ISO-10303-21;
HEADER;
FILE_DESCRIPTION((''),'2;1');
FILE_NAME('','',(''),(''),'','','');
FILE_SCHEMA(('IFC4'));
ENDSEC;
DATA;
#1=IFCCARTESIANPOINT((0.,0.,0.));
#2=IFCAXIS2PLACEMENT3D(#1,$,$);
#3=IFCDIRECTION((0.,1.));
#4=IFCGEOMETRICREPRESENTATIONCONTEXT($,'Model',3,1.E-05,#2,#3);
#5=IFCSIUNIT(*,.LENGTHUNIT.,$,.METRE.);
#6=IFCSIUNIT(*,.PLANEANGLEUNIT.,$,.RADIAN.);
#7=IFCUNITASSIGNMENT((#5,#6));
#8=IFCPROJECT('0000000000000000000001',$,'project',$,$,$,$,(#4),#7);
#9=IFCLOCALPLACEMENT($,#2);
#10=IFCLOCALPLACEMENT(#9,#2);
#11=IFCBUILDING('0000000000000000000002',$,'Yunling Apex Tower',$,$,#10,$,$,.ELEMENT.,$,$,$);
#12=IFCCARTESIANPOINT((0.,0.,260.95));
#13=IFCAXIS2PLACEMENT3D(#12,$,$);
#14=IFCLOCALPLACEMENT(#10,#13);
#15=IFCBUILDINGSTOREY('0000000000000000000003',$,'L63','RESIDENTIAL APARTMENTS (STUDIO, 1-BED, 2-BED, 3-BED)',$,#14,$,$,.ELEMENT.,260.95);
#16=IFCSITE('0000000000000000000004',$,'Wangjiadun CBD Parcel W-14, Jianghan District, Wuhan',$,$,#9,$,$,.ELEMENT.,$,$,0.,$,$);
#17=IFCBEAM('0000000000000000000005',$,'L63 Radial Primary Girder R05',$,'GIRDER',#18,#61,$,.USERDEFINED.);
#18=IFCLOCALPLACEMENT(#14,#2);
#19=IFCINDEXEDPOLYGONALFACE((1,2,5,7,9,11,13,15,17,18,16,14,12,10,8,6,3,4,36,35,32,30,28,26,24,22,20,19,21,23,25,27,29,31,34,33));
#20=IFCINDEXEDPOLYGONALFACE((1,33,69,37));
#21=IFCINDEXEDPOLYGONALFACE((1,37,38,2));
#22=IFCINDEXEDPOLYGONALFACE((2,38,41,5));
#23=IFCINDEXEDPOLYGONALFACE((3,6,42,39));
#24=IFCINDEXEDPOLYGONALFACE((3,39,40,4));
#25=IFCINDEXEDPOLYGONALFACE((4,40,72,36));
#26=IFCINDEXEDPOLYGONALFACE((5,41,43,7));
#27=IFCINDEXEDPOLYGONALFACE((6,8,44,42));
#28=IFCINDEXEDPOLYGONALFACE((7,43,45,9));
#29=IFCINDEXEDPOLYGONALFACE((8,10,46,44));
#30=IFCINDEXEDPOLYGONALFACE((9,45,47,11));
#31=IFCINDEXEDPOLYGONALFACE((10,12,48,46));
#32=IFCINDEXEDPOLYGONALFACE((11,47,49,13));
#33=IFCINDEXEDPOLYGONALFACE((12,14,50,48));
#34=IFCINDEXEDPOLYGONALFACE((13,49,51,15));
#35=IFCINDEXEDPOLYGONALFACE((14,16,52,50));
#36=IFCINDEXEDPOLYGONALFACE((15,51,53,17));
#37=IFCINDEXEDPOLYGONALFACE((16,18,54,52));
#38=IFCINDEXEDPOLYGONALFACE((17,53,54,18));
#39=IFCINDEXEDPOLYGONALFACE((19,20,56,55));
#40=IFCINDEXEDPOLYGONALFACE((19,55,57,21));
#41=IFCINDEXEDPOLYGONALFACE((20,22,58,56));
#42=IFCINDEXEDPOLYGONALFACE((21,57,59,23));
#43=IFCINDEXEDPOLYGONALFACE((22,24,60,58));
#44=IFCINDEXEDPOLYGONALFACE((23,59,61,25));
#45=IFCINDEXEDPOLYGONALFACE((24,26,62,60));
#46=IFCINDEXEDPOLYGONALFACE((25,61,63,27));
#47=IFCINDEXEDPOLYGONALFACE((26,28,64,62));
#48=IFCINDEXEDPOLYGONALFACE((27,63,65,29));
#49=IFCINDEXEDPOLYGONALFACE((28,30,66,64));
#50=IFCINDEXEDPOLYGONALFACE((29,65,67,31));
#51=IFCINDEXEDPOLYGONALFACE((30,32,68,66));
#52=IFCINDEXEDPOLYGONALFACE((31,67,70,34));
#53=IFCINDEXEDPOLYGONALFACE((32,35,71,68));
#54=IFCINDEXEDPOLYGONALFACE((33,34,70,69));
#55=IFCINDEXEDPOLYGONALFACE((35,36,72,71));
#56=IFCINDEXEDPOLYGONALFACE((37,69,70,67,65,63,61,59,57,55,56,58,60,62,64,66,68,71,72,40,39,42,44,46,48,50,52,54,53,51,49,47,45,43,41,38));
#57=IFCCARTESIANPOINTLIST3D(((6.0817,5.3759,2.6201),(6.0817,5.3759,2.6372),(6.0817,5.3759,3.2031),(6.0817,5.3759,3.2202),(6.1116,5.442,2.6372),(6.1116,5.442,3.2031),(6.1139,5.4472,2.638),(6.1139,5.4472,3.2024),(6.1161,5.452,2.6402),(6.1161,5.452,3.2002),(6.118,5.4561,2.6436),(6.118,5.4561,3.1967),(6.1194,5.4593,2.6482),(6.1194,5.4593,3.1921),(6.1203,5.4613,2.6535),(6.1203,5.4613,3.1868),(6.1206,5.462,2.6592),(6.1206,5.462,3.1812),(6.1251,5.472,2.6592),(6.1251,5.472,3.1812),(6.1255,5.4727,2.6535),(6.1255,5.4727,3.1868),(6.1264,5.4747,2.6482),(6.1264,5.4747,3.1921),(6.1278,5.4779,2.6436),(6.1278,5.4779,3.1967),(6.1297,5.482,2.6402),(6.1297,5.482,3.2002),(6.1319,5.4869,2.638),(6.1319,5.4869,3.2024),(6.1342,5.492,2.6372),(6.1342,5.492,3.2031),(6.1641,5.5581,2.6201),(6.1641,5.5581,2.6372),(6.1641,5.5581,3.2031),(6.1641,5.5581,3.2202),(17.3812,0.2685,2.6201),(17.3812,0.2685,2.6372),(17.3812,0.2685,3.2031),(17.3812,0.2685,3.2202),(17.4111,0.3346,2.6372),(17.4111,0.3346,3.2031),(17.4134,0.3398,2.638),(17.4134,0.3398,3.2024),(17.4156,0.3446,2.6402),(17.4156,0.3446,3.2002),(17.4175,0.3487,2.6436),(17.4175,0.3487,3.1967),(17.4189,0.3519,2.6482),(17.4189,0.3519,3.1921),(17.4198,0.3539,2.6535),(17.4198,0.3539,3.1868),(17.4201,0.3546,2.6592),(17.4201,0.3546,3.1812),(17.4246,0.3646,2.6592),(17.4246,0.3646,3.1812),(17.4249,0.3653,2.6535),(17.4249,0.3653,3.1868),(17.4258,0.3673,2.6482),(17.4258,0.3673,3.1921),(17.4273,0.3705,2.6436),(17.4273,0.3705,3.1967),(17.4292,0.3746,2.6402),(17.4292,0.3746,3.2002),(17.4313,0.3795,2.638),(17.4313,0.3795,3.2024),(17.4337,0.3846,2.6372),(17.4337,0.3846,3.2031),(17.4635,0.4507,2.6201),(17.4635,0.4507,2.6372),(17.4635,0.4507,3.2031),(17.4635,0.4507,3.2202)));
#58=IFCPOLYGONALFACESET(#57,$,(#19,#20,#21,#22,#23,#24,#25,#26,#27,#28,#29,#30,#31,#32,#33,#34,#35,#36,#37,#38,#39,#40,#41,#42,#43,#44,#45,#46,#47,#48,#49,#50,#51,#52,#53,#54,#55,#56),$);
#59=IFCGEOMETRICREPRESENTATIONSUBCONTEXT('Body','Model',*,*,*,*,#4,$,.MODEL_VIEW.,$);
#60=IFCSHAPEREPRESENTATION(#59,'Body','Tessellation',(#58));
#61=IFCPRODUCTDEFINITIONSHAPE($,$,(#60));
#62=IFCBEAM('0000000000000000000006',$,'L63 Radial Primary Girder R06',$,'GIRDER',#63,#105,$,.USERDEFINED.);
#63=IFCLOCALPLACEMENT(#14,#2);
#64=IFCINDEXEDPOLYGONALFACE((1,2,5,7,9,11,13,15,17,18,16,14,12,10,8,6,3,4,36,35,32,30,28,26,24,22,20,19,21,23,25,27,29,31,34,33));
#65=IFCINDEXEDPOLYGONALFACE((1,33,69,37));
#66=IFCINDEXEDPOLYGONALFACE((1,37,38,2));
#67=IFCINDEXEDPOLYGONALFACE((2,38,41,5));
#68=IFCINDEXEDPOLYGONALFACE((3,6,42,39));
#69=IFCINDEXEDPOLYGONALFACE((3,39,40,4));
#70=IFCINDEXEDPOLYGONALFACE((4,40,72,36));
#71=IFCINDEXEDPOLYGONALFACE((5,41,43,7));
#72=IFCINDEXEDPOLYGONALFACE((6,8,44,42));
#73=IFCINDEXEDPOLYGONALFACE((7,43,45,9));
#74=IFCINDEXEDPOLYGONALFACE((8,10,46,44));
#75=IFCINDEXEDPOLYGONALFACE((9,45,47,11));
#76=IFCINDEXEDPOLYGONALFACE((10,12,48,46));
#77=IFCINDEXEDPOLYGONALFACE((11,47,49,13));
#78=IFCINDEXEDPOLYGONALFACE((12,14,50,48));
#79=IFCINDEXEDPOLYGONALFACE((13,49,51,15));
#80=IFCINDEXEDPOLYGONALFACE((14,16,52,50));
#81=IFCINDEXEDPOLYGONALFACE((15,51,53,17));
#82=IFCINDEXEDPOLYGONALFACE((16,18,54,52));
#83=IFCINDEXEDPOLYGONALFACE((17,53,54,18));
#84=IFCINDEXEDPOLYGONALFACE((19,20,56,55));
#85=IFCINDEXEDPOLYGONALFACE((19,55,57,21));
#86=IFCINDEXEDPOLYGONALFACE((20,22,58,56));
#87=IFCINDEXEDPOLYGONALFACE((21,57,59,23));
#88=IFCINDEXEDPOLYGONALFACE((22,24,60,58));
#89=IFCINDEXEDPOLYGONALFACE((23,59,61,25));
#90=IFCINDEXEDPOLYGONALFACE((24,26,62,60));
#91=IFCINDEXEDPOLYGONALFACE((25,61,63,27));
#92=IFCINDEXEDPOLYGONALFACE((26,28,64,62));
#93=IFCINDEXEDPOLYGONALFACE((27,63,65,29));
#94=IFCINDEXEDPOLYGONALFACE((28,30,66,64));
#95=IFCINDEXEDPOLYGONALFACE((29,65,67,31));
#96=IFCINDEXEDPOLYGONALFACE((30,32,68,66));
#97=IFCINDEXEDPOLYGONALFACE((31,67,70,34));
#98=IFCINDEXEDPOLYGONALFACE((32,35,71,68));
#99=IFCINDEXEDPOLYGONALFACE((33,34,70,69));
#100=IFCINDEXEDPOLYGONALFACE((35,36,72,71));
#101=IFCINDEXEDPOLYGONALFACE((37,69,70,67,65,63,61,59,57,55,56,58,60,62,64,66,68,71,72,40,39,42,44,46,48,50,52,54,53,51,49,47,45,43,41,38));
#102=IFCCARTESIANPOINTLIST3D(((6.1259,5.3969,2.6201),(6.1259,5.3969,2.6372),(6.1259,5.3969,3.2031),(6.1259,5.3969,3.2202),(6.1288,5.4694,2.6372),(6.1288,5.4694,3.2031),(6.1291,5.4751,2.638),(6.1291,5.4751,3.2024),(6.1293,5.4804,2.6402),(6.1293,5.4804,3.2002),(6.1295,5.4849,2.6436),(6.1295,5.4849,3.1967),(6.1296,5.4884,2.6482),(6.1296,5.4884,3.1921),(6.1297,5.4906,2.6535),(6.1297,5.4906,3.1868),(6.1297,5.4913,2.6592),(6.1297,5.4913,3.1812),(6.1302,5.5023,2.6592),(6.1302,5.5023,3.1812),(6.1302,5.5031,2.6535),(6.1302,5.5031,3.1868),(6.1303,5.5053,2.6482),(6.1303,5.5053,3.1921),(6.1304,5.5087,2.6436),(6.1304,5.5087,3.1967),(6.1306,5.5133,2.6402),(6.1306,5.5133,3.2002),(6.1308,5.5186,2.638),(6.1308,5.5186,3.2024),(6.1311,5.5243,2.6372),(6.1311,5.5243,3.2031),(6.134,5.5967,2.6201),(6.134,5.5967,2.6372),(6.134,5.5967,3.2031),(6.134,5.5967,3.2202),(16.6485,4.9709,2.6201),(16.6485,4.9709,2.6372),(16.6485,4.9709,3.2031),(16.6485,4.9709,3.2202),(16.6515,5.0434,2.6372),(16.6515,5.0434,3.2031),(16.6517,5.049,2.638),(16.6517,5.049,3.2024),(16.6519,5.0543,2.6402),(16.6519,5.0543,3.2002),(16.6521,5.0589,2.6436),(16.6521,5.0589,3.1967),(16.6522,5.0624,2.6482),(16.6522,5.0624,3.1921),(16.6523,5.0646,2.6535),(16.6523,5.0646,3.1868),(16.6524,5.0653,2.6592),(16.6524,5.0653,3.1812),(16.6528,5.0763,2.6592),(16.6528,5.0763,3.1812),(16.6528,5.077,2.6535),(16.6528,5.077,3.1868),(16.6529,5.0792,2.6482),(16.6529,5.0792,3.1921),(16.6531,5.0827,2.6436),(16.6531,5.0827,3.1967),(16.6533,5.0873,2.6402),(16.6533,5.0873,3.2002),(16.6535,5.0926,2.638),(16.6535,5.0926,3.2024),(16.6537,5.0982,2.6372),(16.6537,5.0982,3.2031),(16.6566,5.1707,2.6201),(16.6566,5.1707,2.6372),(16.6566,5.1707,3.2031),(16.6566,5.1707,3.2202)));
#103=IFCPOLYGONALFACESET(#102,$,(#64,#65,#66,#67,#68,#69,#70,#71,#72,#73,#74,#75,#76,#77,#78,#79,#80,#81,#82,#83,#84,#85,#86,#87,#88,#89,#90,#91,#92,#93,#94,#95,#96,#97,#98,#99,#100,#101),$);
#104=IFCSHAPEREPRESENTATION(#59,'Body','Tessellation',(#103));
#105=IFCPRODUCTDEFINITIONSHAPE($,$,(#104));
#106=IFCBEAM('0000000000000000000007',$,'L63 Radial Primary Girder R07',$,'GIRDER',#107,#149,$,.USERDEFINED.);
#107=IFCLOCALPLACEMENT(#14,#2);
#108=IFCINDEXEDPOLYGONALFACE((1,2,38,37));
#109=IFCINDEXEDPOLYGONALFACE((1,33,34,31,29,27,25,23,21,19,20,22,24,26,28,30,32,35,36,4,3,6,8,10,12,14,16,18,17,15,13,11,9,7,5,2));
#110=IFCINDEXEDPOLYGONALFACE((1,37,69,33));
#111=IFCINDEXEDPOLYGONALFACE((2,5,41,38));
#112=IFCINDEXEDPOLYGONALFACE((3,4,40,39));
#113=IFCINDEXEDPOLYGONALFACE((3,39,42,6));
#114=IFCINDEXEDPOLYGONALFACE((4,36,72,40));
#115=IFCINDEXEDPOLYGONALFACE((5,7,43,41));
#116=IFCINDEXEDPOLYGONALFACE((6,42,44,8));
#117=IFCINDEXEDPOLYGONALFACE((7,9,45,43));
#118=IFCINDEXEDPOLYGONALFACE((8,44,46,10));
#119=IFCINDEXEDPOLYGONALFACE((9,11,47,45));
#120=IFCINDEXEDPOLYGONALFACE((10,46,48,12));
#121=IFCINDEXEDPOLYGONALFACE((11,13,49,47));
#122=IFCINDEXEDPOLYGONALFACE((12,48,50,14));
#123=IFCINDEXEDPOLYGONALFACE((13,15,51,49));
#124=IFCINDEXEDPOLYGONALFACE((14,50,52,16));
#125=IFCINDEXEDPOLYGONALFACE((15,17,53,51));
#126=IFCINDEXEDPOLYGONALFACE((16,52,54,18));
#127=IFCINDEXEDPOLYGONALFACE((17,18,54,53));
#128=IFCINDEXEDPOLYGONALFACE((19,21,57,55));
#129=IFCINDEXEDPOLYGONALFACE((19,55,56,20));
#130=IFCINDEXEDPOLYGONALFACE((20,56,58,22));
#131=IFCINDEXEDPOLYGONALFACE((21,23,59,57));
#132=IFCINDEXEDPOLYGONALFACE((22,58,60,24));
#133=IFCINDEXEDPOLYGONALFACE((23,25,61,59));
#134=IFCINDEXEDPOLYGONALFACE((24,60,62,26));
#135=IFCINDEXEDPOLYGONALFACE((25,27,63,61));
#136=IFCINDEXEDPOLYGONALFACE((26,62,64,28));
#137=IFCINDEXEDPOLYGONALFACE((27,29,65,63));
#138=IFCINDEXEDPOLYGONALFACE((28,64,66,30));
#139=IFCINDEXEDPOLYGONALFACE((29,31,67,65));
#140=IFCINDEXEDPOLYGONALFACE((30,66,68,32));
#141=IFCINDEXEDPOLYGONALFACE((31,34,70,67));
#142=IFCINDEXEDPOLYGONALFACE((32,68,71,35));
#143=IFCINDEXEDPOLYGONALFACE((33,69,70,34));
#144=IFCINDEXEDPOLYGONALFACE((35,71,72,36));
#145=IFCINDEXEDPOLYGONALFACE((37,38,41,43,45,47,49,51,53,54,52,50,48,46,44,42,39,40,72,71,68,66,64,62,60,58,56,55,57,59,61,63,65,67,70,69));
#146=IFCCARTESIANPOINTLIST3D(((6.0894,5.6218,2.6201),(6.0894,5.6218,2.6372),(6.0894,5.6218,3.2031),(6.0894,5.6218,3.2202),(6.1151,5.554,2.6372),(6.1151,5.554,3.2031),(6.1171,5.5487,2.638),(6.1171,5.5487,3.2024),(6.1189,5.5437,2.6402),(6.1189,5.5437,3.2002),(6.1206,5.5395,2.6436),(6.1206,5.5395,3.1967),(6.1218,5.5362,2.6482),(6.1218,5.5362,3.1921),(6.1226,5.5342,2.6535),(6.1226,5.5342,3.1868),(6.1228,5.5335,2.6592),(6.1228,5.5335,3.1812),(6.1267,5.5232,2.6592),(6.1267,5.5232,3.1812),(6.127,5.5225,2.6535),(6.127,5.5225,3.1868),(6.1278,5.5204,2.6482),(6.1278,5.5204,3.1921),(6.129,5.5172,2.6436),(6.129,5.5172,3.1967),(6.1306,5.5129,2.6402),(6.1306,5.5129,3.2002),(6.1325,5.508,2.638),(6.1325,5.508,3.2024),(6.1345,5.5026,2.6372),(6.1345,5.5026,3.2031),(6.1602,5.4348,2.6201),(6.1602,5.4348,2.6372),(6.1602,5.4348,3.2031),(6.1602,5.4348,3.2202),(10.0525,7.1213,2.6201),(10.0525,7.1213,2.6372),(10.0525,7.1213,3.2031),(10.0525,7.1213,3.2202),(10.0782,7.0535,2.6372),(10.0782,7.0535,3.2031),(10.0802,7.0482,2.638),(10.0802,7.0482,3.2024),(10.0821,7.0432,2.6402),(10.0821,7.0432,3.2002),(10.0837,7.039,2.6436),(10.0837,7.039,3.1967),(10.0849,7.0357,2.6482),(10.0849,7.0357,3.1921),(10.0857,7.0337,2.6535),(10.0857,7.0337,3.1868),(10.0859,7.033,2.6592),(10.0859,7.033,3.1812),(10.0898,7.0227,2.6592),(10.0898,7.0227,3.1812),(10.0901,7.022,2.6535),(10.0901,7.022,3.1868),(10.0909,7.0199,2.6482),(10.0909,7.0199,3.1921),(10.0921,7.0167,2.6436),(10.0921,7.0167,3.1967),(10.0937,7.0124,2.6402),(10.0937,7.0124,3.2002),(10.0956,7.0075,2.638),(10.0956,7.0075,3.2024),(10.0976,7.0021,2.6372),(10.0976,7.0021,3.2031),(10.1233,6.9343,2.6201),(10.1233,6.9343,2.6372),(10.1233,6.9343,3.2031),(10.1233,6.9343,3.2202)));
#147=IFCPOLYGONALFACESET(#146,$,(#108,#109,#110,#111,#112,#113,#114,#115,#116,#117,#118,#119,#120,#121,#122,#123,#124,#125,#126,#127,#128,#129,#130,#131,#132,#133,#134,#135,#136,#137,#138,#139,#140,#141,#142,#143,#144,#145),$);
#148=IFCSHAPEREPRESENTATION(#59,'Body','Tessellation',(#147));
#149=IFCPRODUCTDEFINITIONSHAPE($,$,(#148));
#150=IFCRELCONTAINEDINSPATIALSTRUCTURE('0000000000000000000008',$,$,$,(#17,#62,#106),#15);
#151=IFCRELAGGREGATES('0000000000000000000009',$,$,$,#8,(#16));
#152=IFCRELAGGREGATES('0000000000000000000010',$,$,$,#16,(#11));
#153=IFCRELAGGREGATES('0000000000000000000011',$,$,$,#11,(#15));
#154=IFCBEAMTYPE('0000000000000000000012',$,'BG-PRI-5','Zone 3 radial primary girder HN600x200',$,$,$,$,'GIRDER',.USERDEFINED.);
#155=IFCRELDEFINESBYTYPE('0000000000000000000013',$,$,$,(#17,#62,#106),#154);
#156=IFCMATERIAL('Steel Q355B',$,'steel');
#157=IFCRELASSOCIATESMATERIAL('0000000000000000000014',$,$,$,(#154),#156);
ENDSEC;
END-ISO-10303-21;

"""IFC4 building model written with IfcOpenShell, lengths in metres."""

from ifc_helpers import new_model, si_unit, direction, frame, origin, origin_2d, place, context, subcontext, project, spatial, i_section, extrude, source, transform, mapped, material, material_profile, profile_set, type_object, element, save


model = new_model("IFC4")

# Units and contexts
model_context = context("Model", 3, precision=1e-05, world=origin(), true_north=direction((0.0, 1.0)))
body_context = subcontext(model_context, "Body", "Model", "MODEL_VIEW")
ifc_project = project(units=[si_unit("LENGTHUNIT", "METRE"), si_unit("PLANEANGLEUNIT", "RADIAN")], contexts=[model_context])

# Site, building, storey
site_placement = place(None, origin())
site = spatial("IfcSite", under=ifc_project, at=site_placement, Name="Wangjiadun CBD Parcel W-14, Jianghan District, Wuhan", CompositionType="ELEMENT", RefElevation=0.0)
building_placement = place(site_placement, origin())
building = spatial("IfcBuilding", under=site, at=building_placement, Name="Yunling Apex Tower", CompositionType="ELEMENT")
storey_placement = place(building_placement, frame((0.0, 0.0, 260.95)))
storey = spatial("IfcBuildingStorey", under=building, at=storey_placement, Name="L63", Description="RESIDENTIAL APARTMENTS (STUDIO, 1-BED, 2-BED, 3-BED)", CompositionType="ELEMENT", Elevation=260.95)

# Shared definitions
ifc_material_1 = material(Name="Steel Q355B", Category="steel")

# Beams
ifc_material_profile_1 = material_profile(ifc_material_1, i_section(OverallWidth=0.2, OverallDepth=0.6001, WebThickness=0.011, FlangeThickness=0.0171, FilletRadius=0.022, at=origin_2d()))
ifc_profile_set_1 = profile_set([ifc_material_profile_1], Name="Steel Q355B")
beam_type_1 = type_object("IfcBeamType", Name="BG-PRI-5", Description="Zone 3 radial primary girder HN600x200", ElementType="GIRDER", PredefinedType="USERDEFINED", material=ifc_profile_set_1)
shared_shape_1 = source(origin(), body_context, "Body", "SweptSolid", [
    extrude(i_section(OverallWidth=0.2, OverallDepth=0.6001, WebThickness=0.011, FlangeThickness=0.0171, FilletRadius=0.022, at=origin_2d()), origin(), (0.0, 0.0, 1.0), 12.4001),
])
beam_1_placement = place(storey_placement, frame((17.4224, 0.3596, 2.9202), z_axis=(-0.911238, 0.411881, 0.0), x_axis=(-0.411881, -0.911238, 0.0)))
element("IfcBeam", 1, at=beam_1_placement, inside=storey, type_object=beam_type_1, Name="L63 Radial Primary Girder R05", ObjectType="GIRDER", PredefinedType="USERDEFINED", context=body_context, shape_type="MappedRepresentation", body=[
    mapped(shared_shape_1, transform((0.0, 0.0, 0.0), scale=1.0)),
])
shared_shape_2 = source(origin(), body_context, "Body", "SweptSolid", [
    extrude(i_section(OverallWidth=0.2, OverallDepth=0.6001, WebThickness=0.011, FlangeThickness=0.0171, FilletRadius=0.022, at=origin_2d()), origin(), (0.0, 0.0, 1.0), 10.5312),
])
beam_2_placement = place(storey_placement, frame((16.6526, 5.0708, 2.9202), z_axis=(-0.999181, 0.040453, 0.0), x_axis=(-0.040453, -0.999181, 0.0)))
element("IfcBeam", 2, at=beam_2_placement, inside=storey, type_object=beam_type_1, Name="L63 Radial Primary Girder R06", ObjectType="GIRDER", PredefinedType="USERDEFINED", context=body_context, shape_type="MappedRepresentation", body=[
    mapped(shared_shape_2, transform((0.0, 0.0, 0.0), scale=1.0)),
])
shared_shape_3 = source(origin(), body_context, "Body", "SweptSolid", [
    extrude(i_section(OverallWidth=0.2, OverallDepth=0.6001, WebThickness=0.011, FlangeThickness=0.0171, FilletRadius=0.022, at=origin_2d()), origin(), (0.0, 0.0, 1.0), 4.2373),
])
beam_3_placement = place(storey_placement, frame((10.0879, 7.0278, 2.9202), z_axis=(-0.93529, -0.353881, 0.0), x_axis=(0.353881, -0.93529, 0.0)))
element("IfcBeam", 3, at=beam_3_placement, inside=storey, type_object=beam_type_1, Name="L63 Radial Primary Girder R07", ObjectType="GIRDER", PredefinedType="USERDEFINED", context=body_context, shape_type="MappedRepresentation", body=[
    mapped(shared_shape_3, transform((0.0, 0.0, 0.0), scale=1.0)),
])

save(model, "model.ifc")
